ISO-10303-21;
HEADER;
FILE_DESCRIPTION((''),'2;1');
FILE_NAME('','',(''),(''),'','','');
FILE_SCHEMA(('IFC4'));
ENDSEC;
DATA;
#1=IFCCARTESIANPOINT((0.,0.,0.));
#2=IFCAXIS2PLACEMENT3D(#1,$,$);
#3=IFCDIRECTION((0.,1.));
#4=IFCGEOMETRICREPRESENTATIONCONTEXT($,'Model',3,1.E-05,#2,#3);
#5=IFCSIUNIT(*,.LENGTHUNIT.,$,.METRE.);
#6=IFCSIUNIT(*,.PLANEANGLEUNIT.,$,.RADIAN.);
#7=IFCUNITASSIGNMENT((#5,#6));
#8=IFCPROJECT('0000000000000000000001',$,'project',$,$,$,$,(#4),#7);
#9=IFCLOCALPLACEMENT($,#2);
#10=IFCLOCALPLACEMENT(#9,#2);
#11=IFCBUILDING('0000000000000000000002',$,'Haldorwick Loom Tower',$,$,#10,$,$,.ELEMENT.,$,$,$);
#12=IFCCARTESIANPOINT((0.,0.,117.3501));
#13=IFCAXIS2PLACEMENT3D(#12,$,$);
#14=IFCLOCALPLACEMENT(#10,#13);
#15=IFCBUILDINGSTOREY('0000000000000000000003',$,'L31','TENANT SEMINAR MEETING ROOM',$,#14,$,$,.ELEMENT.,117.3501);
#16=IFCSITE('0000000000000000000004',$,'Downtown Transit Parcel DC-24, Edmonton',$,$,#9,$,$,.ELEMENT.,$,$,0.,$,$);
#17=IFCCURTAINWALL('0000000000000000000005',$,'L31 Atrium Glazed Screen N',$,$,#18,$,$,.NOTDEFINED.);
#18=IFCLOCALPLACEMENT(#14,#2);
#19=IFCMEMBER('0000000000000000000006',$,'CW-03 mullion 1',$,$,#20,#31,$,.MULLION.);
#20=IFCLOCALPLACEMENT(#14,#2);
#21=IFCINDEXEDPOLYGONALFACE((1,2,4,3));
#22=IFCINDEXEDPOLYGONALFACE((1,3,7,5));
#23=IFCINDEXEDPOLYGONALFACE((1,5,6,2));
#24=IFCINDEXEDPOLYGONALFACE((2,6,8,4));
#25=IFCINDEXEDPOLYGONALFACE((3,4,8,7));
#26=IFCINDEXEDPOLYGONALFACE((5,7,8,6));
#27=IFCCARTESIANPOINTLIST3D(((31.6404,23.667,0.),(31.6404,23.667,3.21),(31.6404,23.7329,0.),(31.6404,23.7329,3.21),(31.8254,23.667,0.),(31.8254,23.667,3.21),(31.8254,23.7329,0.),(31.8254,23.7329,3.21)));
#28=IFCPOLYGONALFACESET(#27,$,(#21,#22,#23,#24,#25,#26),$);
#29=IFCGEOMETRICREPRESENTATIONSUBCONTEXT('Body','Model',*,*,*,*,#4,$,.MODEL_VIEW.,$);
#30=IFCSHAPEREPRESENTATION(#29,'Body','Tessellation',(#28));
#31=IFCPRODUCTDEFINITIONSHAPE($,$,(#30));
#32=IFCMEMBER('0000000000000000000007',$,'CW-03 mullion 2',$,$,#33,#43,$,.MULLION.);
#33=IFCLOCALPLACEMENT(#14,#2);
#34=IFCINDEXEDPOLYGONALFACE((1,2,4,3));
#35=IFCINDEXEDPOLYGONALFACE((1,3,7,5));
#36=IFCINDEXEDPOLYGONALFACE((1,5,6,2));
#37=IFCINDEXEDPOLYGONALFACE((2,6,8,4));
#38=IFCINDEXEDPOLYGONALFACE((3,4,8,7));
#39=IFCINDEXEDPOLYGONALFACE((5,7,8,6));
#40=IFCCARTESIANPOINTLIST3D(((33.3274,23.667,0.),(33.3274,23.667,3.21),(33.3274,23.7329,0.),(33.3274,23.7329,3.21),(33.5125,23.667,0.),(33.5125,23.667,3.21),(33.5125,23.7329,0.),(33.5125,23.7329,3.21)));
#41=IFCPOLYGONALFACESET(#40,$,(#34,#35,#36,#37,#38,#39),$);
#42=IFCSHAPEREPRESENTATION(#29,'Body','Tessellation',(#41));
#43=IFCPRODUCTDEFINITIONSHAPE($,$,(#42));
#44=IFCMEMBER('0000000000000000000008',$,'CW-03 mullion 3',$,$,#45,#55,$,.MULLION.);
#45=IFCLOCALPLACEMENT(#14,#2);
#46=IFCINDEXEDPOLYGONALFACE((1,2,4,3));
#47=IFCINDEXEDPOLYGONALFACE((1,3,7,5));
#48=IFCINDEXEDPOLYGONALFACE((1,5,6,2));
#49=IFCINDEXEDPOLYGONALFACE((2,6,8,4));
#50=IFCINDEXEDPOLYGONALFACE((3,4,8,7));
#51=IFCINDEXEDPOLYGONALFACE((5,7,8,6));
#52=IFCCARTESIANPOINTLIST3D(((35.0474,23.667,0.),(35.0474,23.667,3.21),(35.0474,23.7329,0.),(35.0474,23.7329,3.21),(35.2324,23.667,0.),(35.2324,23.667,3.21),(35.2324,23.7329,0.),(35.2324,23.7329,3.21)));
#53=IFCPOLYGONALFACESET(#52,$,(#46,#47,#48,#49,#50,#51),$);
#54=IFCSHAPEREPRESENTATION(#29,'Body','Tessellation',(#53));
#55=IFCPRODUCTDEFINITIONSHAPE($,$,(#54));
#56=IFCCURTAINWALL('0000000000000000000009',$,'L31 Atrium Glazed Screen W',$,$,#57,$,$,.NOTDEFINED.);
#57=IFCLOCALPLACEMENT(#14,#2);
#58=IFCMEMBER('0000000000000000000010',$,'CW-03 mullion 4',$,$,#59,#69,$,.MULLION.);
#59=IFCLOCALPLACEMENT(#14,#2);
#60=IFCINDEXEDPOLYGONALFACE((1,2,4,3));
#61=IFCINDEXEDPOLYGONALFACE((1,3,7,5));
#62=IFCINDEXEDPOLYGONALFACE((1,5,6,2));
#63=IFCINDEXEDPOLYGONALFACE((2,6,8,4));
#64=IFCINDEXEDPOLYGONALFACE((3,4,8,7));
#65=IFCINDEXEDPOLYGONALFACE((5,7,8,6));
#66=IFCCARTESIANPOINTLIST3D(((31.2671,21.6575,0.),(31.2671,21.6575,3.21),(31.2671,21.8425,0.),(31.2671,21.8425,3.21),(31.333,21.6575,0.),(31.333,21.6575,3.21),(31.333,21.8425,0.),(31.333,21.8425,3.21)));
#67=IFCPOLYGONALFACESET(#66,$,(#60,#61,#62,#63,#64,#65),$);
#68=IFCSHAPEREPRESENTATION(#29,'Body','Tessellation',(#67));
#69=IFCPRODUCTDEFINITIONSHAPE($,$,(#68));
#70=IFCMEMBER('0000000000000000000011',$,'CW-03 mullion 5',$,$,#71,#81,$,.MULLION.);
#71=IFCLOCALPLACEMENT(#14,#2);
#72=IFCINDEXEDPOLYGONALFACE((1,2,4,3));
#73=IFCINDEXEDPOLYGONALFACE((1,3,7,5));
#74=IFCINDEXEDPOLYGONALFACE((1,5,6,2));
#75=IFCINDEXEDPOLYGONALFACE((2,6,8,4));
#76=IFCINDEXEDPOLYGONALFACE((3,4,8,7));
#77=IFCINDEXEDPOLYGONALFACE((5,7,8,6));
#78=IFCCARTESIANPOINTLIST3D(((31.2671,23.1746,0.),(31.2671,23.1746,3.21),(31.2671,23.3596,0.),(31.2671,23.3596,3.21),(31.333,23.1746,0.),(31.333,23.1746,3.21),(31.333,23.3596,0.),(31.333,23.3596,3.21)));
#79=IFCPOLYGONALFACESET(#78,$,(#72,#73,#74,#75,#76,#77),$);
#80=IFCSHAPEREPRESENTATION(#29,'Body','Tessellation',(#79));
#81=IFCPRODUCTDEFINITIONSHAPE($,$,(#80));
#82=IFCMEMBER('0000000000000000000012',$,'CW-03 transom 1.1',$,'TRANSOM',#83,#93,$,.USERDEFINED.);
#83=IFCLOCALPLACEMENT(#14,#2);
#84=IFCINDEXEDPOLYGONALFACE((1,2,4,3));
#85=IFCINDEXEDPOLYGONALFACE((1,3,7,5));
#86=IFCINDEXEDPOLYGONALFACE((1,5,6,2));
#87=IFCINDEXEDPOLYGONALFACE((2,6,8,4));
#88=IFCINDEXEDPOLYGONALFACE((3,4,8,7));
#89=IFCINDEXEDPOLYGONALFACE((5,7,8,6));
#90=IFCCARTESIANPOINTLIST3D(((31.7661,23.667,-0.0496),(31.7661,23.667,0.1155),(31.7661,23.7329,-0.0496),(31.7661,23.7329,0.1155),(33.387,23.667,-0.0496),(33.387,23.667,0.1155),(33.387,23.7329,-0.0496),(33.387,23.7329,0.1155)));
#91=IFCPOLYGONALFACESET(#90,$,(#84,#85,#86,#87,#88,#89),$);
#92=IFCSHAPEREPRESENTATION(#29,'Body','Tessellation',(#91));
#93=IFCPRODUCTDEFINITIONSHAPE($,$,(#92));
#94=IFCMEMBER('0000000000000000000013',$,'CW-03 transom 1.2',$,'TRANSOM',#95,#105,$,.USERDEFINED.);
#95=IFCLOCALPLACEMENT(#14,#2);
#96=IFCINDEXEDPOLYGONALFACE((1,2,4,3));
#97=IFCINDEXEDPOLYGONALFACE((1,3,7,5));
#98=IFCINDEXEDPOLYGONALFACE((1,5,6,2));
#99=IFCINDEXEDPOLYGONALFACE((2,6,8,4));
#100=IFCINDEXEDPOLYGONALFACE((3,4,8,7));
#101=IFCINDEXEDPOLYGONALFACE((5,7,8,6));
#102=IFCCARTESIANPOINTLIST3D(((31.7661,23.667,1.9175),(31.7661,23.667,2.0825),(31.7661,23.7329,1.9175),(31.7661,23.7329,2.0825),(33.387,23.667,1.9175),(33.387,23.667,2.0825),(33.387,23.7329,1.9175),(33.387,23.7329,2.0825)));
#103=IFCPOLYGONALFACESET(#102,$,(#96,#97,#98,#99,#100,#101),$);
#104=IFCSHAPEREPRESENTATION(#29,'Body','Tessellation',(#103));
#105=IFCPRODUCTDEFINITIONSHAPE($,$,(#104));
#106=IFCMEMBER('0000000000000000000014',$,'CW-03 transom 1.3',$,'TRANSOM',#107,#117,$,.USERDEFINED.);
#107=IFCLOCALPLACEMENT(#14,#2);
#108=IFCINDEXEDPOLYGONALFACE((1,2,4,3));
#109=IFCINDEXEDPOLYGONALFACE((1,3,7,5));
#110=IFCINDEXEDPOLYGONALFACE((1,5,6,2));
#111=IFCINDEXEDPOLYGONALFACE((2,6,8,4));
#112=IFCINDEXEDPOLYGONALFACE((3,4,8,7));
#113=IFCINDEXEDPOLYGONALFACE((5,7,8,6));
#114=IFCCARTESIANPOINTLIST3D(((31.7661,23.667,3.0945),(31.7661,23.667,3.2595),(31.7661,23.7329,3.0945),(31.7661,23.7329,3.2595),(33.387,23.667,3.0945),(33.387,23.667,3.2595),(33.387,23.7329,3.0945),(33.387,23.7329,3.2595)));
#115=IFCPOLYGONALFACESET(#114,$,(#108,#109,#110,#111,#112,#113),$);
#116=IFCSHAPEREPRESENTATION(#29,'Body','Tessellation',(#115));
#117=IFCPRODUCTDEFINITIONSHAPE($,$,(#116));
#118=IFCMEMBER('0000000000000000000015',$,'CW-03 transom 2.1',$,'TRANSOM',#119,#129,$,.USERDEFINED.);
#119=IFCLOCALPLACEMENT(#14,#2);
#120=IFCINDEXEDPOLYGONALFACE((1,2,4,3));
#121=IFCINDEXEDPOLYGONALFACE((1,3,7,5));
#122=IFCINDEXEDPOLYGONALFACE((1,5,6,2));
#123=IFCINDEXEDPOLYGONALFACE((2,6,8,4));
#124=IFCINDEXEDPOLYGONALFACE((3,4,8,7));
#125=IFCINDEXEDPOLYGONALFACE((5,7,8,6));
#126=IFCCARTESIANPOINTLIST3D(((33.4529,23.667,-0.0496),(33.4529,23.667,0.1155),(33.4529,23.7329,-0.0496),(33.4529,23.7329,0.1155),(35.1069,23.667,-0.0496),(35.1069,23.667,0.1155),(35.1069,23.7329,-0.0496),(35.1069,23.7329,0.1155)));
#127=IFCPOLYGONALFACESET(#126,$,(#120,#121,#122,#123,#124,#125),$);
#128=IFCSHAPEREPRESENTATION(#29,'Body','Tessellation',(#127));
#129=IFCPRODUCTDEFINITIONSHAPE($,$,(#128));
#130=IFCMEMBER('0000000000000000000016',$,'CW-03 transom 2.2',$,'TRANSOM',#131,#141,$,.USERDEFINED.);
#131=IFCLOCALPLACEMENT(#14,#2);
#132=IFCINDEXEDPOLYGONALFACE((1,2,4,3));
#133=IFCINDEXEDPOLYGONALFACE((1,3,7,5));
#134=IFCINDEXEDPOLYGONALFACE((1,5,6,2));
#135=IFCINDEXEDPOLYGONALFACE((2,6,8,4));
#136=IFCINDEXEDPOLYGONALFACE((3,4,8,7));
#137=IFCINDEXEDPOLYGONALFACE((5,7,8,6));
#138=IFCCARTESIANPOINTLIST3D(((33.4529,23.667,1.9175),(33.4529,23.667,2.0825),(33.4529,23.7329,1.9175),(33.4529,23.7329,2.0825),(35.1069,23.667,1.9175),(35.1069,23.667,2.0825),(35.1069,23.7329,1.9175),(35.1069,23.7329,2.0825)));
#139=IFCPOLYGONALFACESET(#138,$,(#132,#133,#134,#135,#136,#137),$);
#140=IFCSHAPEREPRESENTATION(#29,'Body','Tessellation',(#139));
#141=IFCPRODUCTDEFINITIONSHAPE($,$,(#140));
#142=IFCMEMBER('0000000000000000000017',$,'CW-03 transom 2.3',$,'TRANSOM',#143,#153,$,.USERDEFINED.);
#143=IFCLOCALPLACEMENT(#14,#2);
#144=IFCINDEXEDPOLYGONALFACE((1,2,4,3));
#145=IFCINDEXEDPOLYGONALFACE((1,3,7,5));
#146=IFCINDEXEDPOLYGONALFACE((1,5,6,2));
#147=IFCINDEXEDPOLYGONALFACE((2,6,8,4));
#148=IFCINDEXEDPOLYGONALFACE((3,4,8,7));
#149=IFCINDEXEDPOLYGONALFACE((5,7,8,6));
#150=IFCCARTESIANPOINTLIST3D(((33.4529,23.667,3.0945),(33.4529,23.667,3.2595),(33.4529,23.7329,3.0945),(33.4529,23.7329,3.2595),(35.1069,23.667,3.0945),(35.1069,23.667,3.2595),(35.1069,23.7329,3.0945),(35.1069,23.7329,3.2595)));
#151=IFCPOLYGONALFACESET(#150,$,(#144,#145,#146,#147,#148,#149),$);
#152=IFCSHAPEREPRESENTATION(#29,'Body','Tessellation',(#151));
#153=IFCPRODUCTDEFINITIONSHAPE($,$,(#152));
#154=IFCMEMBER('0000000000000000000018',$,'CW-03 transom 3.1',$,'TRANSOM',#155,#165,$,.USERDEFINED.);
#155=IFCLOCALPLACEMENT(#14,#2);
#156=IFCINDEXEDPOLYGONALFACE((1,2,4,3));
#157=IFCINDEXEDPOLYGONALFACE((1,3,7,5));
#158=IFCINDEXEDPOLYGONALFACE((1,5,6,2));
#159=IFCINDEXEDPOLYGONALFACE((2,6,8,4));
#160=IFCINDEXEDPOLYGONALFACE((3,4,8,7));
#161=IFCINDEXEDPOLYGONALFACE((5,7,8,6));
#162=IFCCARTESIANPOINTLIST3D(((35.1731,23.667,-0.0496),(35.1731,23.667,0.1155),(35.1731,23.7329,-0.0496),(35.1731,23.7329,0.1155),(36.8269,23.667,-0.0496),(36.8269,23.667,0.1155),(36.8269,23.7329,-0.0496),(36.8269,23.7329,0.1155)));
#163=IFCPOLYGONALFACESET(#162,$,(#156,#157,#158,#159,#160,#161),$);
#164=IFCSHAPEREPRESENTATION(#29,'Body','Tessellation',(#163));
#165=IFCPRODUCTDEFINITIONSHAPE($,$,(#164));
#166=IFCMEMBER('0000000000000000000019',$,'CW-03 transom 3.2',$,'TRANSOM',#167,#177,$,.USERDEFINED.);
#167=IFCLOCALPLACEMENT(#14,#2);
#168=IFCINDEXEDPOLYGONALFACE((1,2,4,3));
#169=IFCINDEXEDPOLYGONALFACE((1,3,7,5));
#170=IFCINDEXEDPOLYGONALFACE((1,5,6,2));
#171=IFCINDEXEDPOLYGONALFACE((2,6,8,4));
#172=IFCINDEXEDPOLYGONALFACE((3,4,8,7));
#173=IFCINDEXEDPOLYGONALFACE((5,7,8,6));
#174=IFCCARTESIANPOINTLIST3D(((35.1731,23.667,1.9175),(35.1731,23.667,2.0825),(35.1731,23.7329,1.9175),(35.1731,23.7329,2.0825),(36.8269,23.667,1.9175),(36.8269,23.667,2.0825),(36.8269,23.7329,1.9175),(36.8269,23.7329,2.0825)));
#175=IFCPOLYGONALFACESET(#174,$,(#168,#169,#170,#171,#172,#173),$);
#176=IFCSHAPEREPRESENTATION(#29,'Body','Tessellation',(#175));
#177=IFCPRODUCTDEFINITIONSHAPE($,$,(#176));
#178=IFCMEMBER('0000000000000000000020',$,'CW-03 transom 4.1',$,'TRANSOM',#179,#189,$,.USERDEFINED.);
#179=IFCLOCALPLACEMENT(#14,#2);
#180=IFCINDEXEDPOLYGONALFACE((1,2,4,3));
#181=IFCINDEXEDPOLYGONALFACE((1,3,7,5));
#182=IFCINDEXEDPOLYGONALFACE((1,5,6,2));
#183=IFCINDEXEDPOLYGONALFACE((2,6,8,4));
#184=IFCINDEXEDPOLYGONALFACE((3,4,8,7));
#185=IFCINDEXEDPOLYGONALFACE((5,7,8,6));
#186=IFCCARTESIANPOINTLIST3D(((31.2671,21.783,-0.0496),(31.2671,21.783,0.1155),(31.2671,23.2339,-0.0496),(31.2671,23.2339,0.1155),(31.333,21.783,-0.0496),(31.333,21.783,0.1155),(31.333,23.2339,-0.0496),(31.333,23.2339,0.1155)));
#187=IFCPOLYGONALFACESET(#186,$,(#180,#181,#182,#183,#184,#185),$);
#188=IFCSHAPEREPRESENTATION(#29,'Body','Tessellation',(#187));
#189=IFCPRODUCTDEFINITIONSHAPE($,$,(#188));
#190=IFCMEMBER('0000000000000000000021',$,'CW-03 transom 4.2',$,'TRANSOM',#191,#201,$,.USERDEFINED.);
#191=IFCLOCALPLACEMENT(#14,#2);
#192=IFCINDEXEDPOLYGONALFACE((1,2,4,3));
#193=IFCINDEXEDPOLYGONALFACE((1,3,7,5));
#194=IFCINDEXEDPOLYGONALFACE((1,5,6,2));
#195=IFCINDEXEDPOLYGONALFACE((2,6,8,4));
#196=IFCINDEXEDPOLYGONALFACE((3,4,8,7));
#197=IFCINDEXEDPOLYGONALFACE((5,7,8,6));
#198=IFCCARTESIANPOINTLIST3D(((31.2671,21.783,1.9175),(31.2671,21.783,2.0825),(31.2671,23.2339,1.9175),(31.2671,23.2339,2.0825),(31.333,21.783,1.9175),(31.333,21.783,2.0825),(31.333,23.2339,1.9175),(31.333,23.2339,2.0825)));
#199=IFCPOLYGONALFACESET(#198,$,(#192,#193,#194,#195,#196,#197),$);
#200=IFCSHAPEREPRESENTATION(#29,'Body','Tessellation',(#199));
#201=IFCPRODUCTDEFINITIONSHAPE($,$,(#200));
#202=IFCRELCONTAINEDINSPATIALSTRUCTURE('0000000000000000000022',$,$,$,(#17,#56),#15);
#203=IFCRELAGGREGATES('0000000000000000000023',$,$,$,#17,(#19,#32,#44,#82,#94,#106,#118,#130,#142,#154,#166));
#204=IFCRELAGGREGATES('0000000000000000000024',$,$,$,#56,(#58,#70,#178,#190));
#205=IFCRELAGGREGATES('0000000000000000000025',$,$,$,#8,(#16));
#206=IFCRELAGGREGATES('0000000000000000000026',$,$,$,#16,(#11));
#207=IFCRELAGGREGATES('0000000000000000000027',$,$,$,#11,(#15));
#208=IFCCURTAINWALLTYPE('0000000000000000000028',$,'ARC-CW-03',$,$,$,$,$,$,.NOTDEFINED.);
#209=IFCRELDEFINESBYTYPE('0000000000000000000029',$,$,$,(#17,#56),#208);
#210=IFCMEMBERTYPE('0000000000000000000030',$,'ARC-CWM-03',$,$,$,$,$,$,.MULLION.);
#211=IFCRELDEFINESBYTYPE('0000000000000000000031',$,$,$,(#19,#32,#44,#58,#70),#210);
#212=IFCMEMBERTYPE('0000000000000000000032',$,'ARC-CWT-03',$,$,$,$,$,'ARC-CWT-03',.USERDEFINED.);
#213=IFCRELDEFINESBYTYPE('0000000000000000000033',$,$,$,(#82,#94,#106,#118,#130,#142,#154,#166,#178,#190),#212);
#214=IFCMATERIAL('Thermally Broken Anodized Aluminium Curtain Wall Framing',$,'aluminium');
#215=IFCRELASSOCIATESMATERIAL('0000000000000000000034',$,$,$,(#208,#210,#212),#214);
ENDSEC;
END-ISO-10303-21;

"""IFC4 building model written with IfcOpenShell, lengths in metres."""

from ifc_helpers import new_model, si_unit, direction, frame, origin, origin_2d, place, context, subcontext, project, spatial, rectangle, extrude, material, material_profile, profile_set, type_object, element, aggregate, save


model = new_model("IFC4")

# Units and contexts
model_context = context("Model", 3, precision=1e-05, world=origin(), true_north=direction((0.0, 1.0)))
body_context = subcontext(model_context, "Body", "Model", "MODEL_VIEW")
ifc_project = project(units=[si_unit("LENGTHUNIT", "METRE"), si_unit("PLANEANGLEUNIT", "RADIAN")], contexts=[model_context])

# Site, building, storey
site_placement = place(None, origin())
site = spatial("IfcSite", under=ifc_project, at=site_placement, Name="Downtown Transit Parcel DC-24, Edmonton", CompositionType="ELEMENT", RefElevation=0.0)
building_placement = place(site_placement, origin())
building = spatial("IfcBuilding", under=site, at=building_placement, Name="Haldorwick Loom Tower", CompositionType="ELEMENT")
storey_placement = place(building_placement, frame((0.0, 0.0, 117.3501)))
storey = spatial("IfcBuildingStorey", under=building, at=storey_placement, Name="L31", Description="TENANT SEMINAR MEETING ROOM", CompositionType="ELEMENT", Elevation=117.3501)

# Curtain walls, members
ifc_material_1 = material(Name="Thermally Broken Anodized Aluminium Curtain Wall Framing", Category="aluminium")
curtain_wall_type = type_object("IfcCurtainWallType", Name="ARC-CW-03", PredefinedType="NOTDEFINED", material=ifc_material_1)
curtain_wall_1_placement = place(storey_placement, origin())
curtain_wall_1 = element("IfcCurtainWall", 1, at=curtain_wall_1_placement, inside=storey, type_object=curtain_wall_type, Name="L31 Atrium Glazed Screen N", PredefinedType="NOTDEFINED")
ifc_material_profile_1 = material_profile(ifc_material_1, rectangle(XDim=0.0659, YDim=0.1851, at=origin_2d()), Name="ALU_MUL_66X185", Category="aluminium")
ifc_profile_set_1 = profile_set([ifc_material_profile_1], Name="Thermally Broken Anodized Aluminium Curtain Wall Framing")
member_type_1 = type_object("IfcMemberType", Name="ARC-CWM-03", PredefinedType="MULLION", material=ifc_profile_set_1)
member_1_placement = place(storey_placement, frame((31.7329, 23.7, 0.0), z_axis=(0.0, 0.0, 1.0), x_axis=(0.0, 1.0, 0.0)))
member_1 = element("IfcMember", 2, at=member_1_placement, type_object=member_type_1, Name="CW-03 mullion 1", PredefinedType="MULLION", context=body_context, shape_type="SweptSolid", body=[
    extrude(rectangle(XDim=0.0659, YDim=0.1851, at=origin_2d()), origin(), (0.0, 0.0, 1.0), 3.21),
])
member_2_placement = place(storey_placement, frame((33.4199, 23.7, 0.0), z_axis=(0.0, 0.0, 1.0), x_axis=(0.0, 1.0, 0.0)))
member_2 = element("IfcMember", 3, at=member_2_placement, type_object=member_type_1, Name="CW-03 mullion 2", PredefinedType="MULLION", context=body_context, shape_type="SweptSolid", body=[
    extrude(rectangle(XDim=0.0659, YDim=0.1851, at=origin_2d()), origin(), (0.0, 0.0, 1.0), 3.21),
])
member_3_placement = place(storey_placement, frame((35.1399, 23.7, 0.0), z_axis=(0.0, 0.0, 1.0), x_axis=(0.0, 1.0, 0.0)))
member_3 = element("IfcMember", 4, at=member_3_placement, type_object=member_type_1, Name="CW-03 mullion 3", PredefinedType="MULLION", context=body_context, shape_type="SweptSolid", body=[
    extrude(rectangle(XDim=0.0659, YDim=0.1851, at=origin_2d()), origin(), (0.0, 0.0, 1.0), 3.21),
])
curtain_wall_2_placement = place(storey_placement, origin())
curtain_wall_2 = element("IfcCurtainWall", 5, at=curtain_wall_2_placement, inside=storey, type_object=curtain_wall_type, Name="L31 Atrium Glazed Screen W", PredefinedType="NOTDEFINED")
member_4_placement = place(storey_placement, frame((31.3, 21.75, 0.0), z_axis=(0.0, 0.0, 1.0), x_axis=(-1.0, 0.0, 0.0)))
member_4 = element("IfcMember", 6, at=member_4_placement, type_object=member_type_1, Name="CW-03 mullion 4", PredefinedType="MULLION", context=body_context, shape_type="SweptSolid", body=[
    extrude(rectangle(XDim=0.0659, YDim=0.1851, at=origin_2d()), origin(), (0.0, 0.0, 1.0), 3.21),
])
member_5_placement = place(storey_placement, frame((31.3, 23.2671, 0.0), z_axis=(0.0, 0.0, 1.0), x_axis=(-1.0, 0.0, 0.0)))
member_5 = element("IfcMember", 7, at=member_5_placement, type_object=member_type_1, Name="CW-03 mullion 5", PredefinedType="MULLION", context=body_context, shape_type="SweptSolid", body=[
    extrude(rectangle(XDim=0.0659, YDim=0.1851, at=origin_2d()), origin(), (0.0, 0.0, 1.0), 3.21),
])

# Members
ifc_material_profile_2 = material_profile(ifc_material_1, rectangle(XDim=0.0659, YDim=0.165, at=origin_2d()), Name="ALU_TRN_66X165", Category="aluminium")
ifc_profile_set_2 = profile_set([ifc_material_profile_2], Name="Thermally Broken Anodized Aluminium Curtain Wall Framing")
member_type_2 = type_object("IfcMemberType", Name="ARC-CWT-03", ElementType="ARC-CWT-03", PredefinedType="USERDEFINED", material=ifc_profile_set_2)
member_6_placement = place(storey_placement, frame((31.7661, 23.7, 0.033), z_axis=(1.0, 0.0, 0.0), x_axis=(0.0, 1.0, 0.0)))
member_6 = element("IfcMember", 8, at=member_6_placement, type_object=member_type_2, Name="CW-03 transom 1.1", ObjectType="TRANSOM", PredefinedType="USERDEFINED", context=body_context, shape_type="SweptSolid", body=[
    extrude(rectangle(XDim=0.0659, YDim=0.165, at=origin_2d()), origin(), (0.0, 0.0, 1.0), 1.6208),
])
member_7_placement = place(storey_placement, frame((31.7661, 23.7, 2.0), z_axis=(1.0, 0.0, 0.0), x_axis=(0.0, 1.0, 0.0)))
member_7 = element("IfcMember", 9, at=member_7_placement, type_object=member_type_2, Name="CW-03 transom 1.2", ObjectType="TRANSOM", PredefinedType="USERDEFINED", context=body_context, shape_type="SweptSolid", body=[
    extrude(rectangle(XDim=0.0659, YDim=0.165, at=origin_2d()), origin(), (0.0, 0.0, 1.0), 1.6208),
])
member_8_placement = place(storey_placement, frame((31.7661, 23.7, 3.177), z_axis=(1.0, 0.0, 0.0), x_axis=(0.0, 1.0, 0.0)))
member_8 = element("IfcMember", 10, at=member_8_placement, type_object=member_type_2, Name="CW-03 transom 1.3", ObjectType="TRANSOM", PredefinedType="USERDEFINED", context=body_context, shape_type="SweptSolid", body=[
    extrude(rectangle(XDim=0.0659, YDim=0.165, at=origin_2d()), origin(), (0.0, 0.0, 1.0), 1.6208),
])
member_9_placement = place(storey_placement, frame((33.4529, 23.7, 0.033), z_axis=(1.0, 0.0, 0.0), x_axis=(0.0, 1.0, 0.0)))
member_9 = element("IfcMember", 11, at=member_9_placement, type_object=member_type_2, Name="CW-03 transom 2.1", ObjectType="TRANSOM", PredefinedType="USERDEFINED", context=body_context, shape_type="SweptSolid", body=[
    extrude(rectangle(XDim=0.0659, YDim=0.165, at=origin_2d()), origin(), (0.0, 0.0, 1.0), 1.6541),
])
member_10_placement = place(storey_placement, frame((33.4529, 23.7, 2.0), z_axis=(1.0, 0.0, 0.0), x_axis=(0.0, 1.0, 0.0)))
member_10 = element("IfcMember", 12, at=member_10_placement, type_object=member_type_2, Name="CW-03 transom 2.2", ObjectType="TRANSOM", PredefinedType="USERDEFINED", context=body_context, shape_type="SweptSolid", body=[
    extrude(rectangle(XDim=0.0659, YDim=0.165, at=origin_2d()), origin(), (0.0, 0.0, 1.0), 1.6541),
])
member_11_placement = place(storey_placement, frame((33.4529, 23.7, 3.177), z_axis=(1.0, 0.0, 0.0), x_axis=(0.0, 1.0, 0.0)))
member_11 = element("IfcMember", 13, at=member_11_placement, type_object=member_type_2, Name="CW-03 transom 2.3", ObjectType="TRANSOM", PredefinedType="USERDEFINED", context=body_context, shape_type="SweptSolid", body=[
    extrude(rectangle(XDim=0.0659, YDim=0.165, at=origin_2d()), origin(), (0.0, 0.0, 1.0), 1.6541),
])
member_12_placement = place(storey_placement, frame((35.1731, 23.7, 0.033), z_axis=(1.0, 0.0, 0.0), x_axis=(0.0, 1.0, 0.0)))
member_12 = element("IfcMember", 14, at=member_12_placement, type_object=member_type_2, Name="CW-03 transom 3.1", ObjectType="TRANSOM", PredefinedType="USERDEFINED", context=body_context, shape_type="SweptSolid", body=[
    extrude(rectangle(XDim=0.0659, YDim=0.165, at=origin_2d()), origin(), (0.0, 0.0, 1.0), 1.6538),
])
member_13_placement = place(storey_placement, frame((35.1731, 23.7, 2.0), z_axis=(1.0, 0.0, 0.0), x_axis=(0.0, 1.0, 0.0)))
member_13 = element("IfcMember", 15, at=member_13_placement, type_object=member_type_2, Name="CW-03 transom 3.2", ObjectType="TRANSOM", PredefinedType="USERDEFINED", context=body_context, shape_type="SweptSolid", body=[
    extrude(rectangle(XDim=0.0659, YDim=0.165, at=origin_2d()), origin(), (0.0, 0.0, 1.0), 1.6538),
])
member_14_placement = place(storey_placement, frame((31.3, 21.783, 0.033), z_axis=(0.0, 1.0, 0.0), x_axis=(-1.0, 0.0, 0.0)))
member_14 = element("IfcMember", 16, at=member_14_placement, type_object=member_type_2, Name="CW-03 transom 4.1", ObjectType="TRANSOM", PredefinedType="USERDEFINED", context=body_context, shape_type="SweptSolid", body=[
    extrude(rectangle(XDim=0.0659, YDim=0.165, at=origin_2d()), origin(), (0.0, 0.0, 1.0), 1.4509),
])
member_15_placement = place(storey_placement, frame((31.3, 21.783, 2.0), z_axis=(0.0, 1.0, 0.0), x_axis=(-1.0, 0.0, 0.0)))
member_15 = element("IfcMember", 17, at=member_15_placement, type_object=member_type_2, Name="CW-03 transom 4.2", ObjectType="TRANSOM", PredefinedType="USERDEFINED", context=body_context, shape_type="SweptSolid", body=[
    extrude(rectangle(XDim=0.0659, YDim=0.165, at=origin_2d()), origin(), (0.0, 0.0, 1.0), 1.4509),
])

aggregate(curtain_wall_1, [member_1, member_2, member_3, member_6, member_7, member_8, member_9, member_10, member_11, member_12, member_13])
aggregate(curtain_wall_2, [member_4, member_5, member_14, member_15])

save(model, "model.ifc")
